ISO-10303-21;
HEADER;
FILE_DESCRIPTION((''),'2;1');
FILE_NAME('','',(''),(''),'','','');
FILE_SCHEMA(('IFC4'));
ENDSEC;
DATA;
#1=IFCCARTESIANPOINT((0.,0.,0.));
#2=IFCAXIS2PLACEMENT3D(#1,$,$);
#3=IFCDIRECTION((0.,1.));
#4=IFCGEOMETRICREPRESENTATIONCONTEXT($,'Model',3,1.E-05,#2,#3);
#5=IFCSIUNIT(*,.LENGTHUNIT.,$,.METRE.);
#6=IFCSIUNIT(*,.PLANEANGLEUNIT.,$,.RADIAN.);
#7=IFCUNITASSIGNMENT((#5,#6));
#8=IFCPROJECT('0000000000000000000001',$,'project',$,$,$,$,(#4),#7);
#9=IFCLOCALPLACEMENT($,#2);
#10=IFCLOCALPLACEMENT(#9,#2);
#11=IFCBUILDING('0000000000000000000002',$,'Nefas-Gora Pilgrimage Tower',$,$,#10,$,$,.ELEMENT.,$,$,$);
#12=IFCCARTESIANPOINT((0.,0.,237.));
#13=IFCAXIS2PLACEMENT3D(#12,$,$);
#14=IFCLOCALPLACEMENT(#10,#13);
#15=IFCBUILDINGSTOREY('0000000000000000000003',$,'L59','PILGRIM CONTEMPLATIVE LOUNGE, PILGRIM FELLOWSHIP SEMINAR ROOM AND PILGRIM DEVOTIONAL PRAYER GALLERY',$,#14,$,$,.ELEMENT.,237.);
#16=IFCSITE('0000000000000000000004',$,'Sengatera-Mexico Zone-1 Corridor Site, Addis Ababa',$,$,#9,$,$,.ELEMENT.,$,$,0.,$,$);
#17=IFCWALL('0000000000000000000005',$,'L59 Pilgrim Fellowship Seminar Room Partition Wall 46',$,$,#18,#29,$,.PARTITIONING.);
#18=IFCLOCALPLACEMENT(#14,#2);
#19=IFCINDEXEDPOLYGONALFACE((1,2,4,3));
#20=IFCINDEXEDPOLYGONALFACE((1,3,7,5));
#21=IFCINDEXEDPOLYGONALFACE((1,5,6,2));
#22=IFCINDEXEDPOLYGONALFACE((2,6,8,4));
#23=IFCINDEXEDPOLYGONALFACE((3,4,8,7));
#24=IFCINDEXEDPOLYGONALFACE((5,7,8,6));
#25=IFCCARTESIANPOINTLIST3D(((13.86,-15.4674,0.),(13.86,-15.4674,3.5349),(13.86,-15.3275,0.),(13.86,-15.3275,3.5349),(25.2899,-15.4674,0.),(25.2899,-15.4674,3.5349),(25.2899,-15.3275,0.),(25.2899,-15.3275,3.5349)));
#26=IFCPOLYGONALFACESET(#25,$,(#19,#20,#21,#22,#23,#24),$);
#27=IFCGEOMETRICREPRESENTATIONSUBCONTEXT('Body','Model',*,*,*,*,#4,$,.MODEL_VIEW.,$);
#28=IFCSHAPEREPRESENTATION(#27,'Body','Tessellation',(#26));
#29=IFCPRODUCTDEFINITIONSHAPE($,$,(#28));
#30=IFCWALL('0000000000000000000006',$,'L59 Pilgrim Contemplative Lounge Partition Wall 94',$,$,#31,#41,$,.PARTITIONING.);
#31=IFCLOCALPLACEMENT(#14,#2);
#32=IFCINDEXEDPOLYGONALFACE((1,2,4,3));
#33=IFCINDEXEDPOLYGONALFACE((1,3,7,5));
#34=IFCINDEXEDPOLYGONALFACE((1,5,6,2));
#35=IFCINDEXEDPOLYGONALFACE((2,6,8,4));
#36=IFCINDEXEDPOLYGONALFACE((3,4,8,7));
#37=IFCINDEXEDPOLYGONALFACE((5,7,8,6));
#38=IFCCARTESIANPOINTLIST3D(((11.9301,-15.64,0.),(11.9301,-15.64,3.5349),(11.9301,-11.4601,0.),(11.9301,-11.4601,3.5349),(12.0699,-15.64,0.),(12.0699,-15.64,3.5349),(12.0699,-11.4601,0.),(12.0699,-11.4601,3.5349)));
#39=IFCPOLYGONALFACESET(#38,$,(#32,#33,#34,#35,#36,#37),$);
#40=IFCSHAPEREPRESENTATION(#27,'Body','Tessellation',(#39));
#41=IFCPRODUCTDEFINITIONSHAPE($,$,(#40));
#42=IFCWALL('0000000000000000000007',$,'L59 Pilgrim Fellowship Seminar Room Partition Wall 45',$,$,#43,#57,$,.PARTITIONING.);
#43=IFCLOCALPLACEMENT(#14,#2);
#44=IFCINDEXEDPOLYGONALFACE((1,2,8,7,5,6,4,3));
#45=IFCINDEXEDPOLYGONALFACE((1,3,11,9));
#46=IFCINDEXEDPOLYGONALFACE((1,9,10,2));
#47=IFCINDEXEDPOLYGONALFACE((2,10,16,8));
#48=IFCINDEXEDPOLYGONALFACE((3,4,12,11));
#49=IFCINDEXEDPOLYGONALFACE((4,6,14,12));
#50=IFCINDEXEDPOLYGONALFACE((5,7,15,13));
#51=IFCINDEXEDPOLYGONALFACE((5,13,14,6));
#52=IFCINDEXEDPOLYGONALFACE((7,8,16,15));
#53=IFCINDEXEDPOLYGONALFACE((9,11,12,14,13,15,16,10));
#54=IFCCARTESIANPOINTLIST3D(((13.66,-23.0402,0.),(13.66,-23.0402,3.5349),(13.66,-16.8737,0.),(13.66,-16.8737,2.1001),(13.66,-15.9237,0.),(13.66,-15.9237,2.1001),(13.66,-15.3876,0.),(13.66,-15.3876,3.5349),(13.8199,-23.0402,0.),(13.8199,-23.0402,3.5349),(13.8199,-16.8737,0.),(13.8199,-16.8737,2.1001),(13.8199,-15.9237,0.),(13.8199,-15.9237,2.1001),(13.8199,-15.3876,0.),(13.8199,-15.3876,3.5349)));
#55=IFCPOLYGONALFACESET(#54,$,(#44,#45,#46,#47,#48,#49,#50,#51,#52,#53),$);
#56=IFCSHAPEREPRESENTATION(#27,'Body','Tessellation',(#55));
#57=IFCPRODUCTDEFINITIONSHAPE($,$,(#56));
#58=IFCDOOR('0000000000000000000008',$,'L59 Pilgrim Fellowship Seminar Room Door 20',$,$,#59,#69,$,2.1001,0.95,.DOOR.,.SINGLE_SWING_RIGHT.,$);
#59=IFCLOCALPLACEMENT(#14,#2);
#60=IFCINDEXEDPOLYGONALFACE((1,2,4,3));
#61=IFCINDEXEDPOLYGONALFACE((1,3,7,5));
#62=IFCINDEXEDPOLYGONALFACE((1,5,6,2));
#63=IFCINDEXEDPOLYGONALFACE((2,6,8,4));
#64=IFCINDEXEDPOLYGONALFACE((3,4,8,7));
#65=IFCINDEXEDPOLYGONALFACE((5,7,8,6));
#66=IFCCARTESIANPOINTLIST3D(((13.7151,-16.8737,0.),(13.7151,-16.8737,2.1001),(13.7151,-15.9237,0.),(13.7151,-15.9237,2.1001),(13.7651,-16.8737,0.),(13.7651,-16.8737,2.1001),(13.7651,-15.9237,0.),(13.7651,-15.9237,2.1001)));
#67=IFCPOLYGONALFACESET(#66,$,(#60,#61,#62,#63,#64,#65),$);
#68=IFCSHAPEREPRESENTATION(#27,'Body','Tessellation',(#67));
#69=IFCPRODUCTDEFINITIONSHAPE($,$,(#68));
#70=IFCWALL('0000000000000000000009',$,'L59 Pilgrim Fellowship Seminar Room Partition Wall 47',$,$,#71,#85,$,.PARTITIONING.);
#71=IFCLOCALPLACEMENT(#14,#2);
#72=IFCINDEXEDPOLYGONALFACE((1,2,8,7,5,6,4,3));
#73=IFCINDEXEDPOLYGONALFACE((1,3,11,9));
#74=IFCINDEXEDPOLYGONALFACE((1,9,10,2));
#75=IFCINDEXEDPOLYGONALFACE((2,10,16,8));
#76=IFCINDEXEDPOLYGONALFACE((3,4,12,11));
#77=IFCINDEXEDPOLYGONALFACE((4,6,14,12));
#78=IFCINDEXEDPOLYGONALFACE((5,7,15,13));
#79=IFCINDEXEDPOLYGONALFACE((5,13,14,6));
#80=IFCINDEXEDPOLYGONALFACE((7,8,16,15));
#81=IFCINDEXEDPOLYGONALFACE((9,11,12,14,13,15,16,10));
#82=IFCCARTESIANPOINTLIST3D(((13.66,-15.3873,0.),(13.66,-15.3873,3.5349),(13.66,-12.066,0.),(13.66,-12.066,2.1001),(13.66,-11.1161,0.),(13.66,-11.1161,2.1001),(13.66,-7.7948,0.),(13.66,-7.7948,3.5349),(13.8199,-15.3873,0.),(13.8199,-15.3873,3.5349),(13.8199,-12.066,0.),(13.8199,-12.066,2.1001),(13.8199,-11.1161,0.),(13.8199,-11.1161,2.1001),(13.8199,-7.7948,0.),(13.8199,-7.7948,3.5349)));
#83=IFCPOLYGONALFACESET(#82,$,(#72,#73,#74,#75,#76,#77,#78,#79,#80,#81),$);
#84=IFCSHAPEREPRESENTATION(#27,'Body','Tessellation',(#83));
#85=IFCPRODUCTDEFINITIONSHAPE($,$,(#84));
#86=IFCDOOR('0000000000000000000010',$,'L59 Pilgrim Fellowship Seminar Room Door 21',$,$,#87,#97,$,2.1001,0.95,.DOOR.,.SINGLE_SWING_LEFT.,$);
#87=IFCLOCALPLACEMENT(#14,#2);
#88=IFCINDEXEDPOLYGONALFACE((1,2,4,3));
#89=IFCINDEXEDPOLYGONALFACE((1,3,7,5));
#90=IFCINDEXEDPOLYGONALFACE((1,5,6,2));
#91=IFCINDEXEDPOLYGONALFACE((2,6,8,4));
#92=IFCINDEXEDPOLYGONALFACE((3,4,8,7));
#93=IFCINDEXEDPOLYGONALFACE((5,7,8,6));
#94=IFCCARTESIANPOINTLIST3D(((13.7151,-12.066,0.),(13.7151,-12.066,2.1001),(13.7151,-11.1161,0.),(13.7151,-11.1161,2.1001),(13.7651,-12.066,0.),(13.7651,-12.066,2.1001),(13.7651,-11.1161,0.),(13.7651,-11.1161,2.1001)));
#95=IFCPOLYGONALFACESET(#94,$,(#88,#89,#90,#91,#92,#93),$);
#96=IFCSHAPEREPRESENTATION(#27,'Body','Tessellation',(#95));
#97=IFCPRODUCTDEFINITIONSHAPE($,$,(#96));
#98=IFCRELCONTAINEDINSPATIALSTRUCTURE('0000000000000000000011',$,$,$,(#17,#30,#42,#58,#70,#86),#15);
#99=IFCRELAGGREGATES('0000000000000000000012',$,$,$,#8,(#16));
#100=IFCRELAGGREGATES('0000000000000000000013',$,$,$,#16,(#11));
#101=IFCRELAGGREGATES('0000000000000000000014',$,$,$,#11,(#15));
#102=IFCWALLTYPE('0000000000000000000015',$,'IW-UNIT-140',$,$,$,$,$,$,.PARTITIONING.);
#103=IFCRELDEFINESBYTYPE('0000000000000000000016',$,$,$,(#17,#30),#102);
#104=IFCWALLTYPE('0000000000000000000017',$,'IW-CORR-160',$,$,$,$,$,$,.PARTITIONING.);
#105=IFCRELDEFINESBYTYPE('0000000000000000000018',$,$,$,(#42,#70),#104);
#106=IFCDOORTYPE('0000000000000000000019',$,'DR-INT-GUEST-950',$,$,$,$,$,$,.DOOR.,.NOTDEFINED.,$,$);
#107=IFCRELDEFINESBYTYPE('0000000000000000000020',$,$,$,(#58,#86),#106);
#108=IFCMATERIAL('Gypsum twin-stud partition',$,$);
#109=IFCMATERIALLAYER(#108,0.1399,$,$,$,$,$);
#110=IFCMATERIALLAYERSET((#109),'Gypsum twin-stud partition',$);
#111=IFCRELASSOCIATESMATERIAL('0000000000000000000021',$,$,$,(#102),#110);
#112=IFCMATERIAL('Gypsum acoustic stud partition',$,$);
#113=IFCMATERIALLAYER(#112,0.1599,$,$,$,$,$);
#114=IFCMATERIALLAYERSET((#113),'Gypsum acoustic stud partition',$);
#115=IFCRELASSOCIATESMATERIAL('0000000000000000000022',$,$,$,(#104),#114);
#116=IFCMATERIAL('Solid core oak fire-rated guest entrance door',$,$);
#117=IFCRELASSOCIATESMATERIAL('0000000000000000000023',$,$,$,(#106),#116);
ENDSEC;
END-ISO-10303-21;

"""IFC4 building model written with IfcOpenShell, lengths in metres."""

from ifc_helpers import new_model, si_unit, direction, frame, frame_2d, origin, place, context, subcontext, project, spatial, rectangle, extrude, source, transform, mapped, material, layer, layer_set, type_object, element, fill, save


model = new_model("IFC4")

# Units and contexts
model_context = context("Model", 3, precision=1e-05, world=origin(), true_north=direction((0.0, 1.0)))
body_context = subcontext(model_context, "Body", "Model", "MODEL_VIEW")
ifc_project = project(units=[si_unit("LENGTHUNIT", "METRE"), si_unit("PLANEANGLEUNIT", "RADIAN")], contexts=[model_context])

# Site, building, storey
site_placement = place(None, origin())
site = spatial("IfcSite", under=ifc_project, at=site_placement, Name="Sengatera-Mexico Zone-1 Corridor Site, Addis Ababa", CompositionType="ELEMENT", RefElevation=0.0)
building_placement = place(site_placement, origin())
building = spatial("IfcBuilding", under=site, at=building_placement, Name="Nefas-Gora Pilgrimage Tower", CompositionType="ELEMENT")
storey_placement = place(building_placement, frame((0.0, 0.0, 237.0)))
storey = spatial("IfcBuildingStorey", under=building, at=storey_placement, Name="L59", Description="PILGRIM CONTEMPLATIVE LOUNGE, PILGRIM FELLOWSHIP SEMINAR ROOM AND PILGRIM DEVOTIONAL PRAYER GALLERY", CompositionType="ELEMENT", Elevation=237.0)

# Walls
ifc_material_1 = material(Name="Gypsum twin-stud partition")
ifc_layer_1 = layer(ifc_material_1, 0.1399)
ifc_layer_set_1 = layer_set([ifc_layer_1], Name="Gypsum twin-stud partition")
wall_type_1 = type_object("IfcWallType", Name="IW-UNIT-140", PredefinedType="PARTITIONING", material=ifc_layer_set_1)
shared_shape_1 = source(origin(), body_context, "Body", "SweptSolid", [
    extrude(rectangle(XDim=11.4299, YDim=0.1399, at=frame_2d((5.7148, 0.0))), origin(), (0.0, 0.0, 1.0), 3.5349),
])
wall_1_placement = place(storey_placement, frame((13.8601, -15.3975, 0.0), z_axis=(0.0, 0.0, 1.0), x_axis=(1.0, 0.0, 0.0)))
element("IfcWall", 1, at=wall_1_placement, inside=storey, type_object=wall_type_1, Name="L59 Pilgrim Fellowship Seminar Room Partition Wall 46", PredefinedType="PARTITIONING", context=body_context, shape_type="MappedRepresentation", body=[
    mapped(shared_shape_1, transform((0.0, 0.0, 0.0), x_axis=(1.0, 0.0, 0.0), y_axis=(0.0, 1.0, 0.0), z_axis=(0.0, 0.0, 1.0), scale=1.0)),
])
shared_shape_2 = source(origin(), body_context, "Body", "SweptSolid", [
    extrude(rectangle(XDim=4.1799, YDim=0.1399, at=frame_2d((2.0898, 0.0))), origin(), (0.0, 0.0, 1.0), 3.5349),
])
wall_2_placement = place(storey_placement, frame((12.0, -15.6399, 0.0), z_axis=(0.0, 0.0, 1.0), x_axis=(0.0, 1.0, 0.0)))
element("IfcWall", 2, at=wall_2_placement, inside=storey, type_object=wall_type_1, Name="L59 Pilgrim Contemplative Lounge Partition Wall 94", PredefinedType="PARTITIONING", context=body_context, shape_type="MappedRepresentation", body=[
    mapped(shared_shape_2, transform((0.0, 0.0, 0.0), x_axis=(1.0, 0.0, 0.0), y_axis=(0.0, 1.0, 0.0), z_axis=(0.0, 0.0, 1.0), scale=1.0)),
])

# Walls, openings, doors
ifc_material_2 = material(Name="Gypsum acoustic stud partition")
ifc_layer_2 = layer(ifc_material_2, 0.1599)
ifc_layer_set_2 = layer_set([ifc_layer_2], Name="Gypsum acoustic stud partition")
wall_type_2 = type_object("IfcWallType", Name="IW-CORR-160", PredefinedType="PARTITIONING", material=ifc_layer_set_2)
shared_shape_3 = source(origin(), body_context, "Body", "SweptSolid", [
    extrude(rectangle(XDim=7.6526, YDim=0.1599, at=frame_2d((3.8262, 0.0))), origin(), (0.0, 0.0, 1.0), 3.5349),
])
wall_3_placement = place(storey_placement, frame((13.74, -23.04, 0.0), z_axis=(0.0, 0.0, 1.0), x_axis=(0.0, 1.0, 0.0)))
wall_3 = element("IfcWall", 3, at=wall_3_placement, inside=storey, type_object=wall_type_2, Name="L59 Pilgrim Fellowship Seminar Room Partition Wall 45", PredefinedType="PARTITIONING", context=body_context, shape_type="MappedRepresentation", body=[
    mapped(shared_shape_3, transform((0.0, 0.0, 0.0), x_axis=(1.0, 0.0, 0.0), y_axis=(0.0, 1.0, 0.0), z_axis=(0.0, 0.0, 1.0), scale=1.0)),
])
opening_1_placement = place(wall_3_placement, frame((6.1663, 0.0, 0.0)))
opening_1 = element("IfcOpeningElement", 4, at=opening_1_placement, cuts=wall_3, PredefinedType="OPENING", context=body_context, shape_type="SweptSolid", body=[
    extrude(rectangle(XDim=0.95, YDim=2.1001, at=frame_2d((0.4751, 1.05))), frame((0.0, 0.0898, 0.0), z_axis=(0.0, -1.0, 0.0), x_axis=(1.0, 0.0, 0.0)), (0.0, 0.0, 1.0), 0.1799),
])
ifc_material_3 = material(Name="Solid core oak fire-rated guest entrance door")
door_type = type_object("IfcDoorType", Name="DR-INT-GUEST-950", OperationType="NOTDEFINED", PredefinedType="DOOR", material=ifc_material_3)
shared_shape_4 = source(origin(), body_context, "Body", "SweptSolid", [
    extrude(rectangle(XDim=0.95, YDim=2.1001, at=frame_2d((0.4751, 1.05))), frame((0.0, 0.0249, 0.0), z_axis=(0.0, -1.0, 0.0), x_axis=(1.0, 0.0, 0.0)), (0.0, 0.0, 1.0), 0.05),
])
door_1_placement = place(opening_1_placement, origin())
door_1 = element("IfcDoor", 5, at=door_1_placement, inside=storey, type_object=door_type, Name="L59 Pilgrim Fellowship Seminar Room Door 20", OperationType="SINGLE_SWING_RIGHT", OverallHeight=2.1001, OverallWidth=0.95, PredefinedType="DOOR", context=body_context, shape_type="MappedRepresentation", body=[
    mapped(shared_shape_4, transform((0.0, 0.0, 0.0), x_axis=(1.0, 0.0, 0.0), y_axis=(0.0, 1.0, 0.0), z_axis=(0.0, 0.0, 1.0), scale=1.0)),
])
fill(opening_1, door_1)
shared_shape_5 = source(origin(), body_context, "Body", "SweptSolid", [
    extrude(rectangle(XDim=7.5925, YDim=0.1599, at=frame_2d((3.7964, 0.0))), origin(), (0.0, 0.0, 1.0), 3.5349),
])
wall_4_placement = place(storey_placement, frame((13.74, -15.3875, 0.0), z_axis=(0.0, 0.0, 1.0), x_axis=(0.0, 1.0, 0.0)))
wall_4 = element("IfcWall", 6, at=wall_4_placement, inside=storey, type_object=wall_type_2, Name="L59 Pilgrim Fellowship Seminar Room Partition Wall 47", PredefinedType="PARTITIONING", context=body_context, shape_type="MappedRepresentation", body=[
    mapped(shared_shape_5, transform((0.0, 0.0, 0.0), x_axis=(1.0, 0.0, 0.0), y_axis=(0.0, 1.0, 0.0), z_axis=(0.0, 0.0, 1.0), scale=1.0)),
])
opening_2_placement = place(wall_4_placement, frame((3.3213, 0.0, 0.0)))
opening_2 = element("IfcOpeningElement", 7, at=opening_2_placement, cuts=wall_4, PredefinedType="OPENING", context=body_context, shape_type="SweptSolid", body=[
    extrude(rectangle(XDim=0.95, YDim=2.1001, at=frame_2d((0.4751, 1.05))), frame((0.0, 0.0898, 0.0), z_axis=(0.0, -1.0, 0.0), x_axis=(1.0, 0.0, 0.0)), (0.0, 0.0, 1.0), 0.1799),
])
door_2_placement = place(opening_2_placement, origin())
door_2 = element("IfcDoor", 8, at=door_2_placement, inside=storey, type_object=door_type, Name="L59 Pilgrim Fellowship Seminar Room Door 21", OperationType="SINGLE_SWING_LEFT", OverallHeight=2.1001, OverallWidth=0.95, PredefinedType="DOOR", context=body_context, shape_type="MappedRepresentation", body=[
    mapped(shared_shape_4, transform((0.0, 0.0, 0.0), x_axis=(1.0, 0.0, 0.0), y_axis=(0.0, 1.0, 0.0), z_axis=(0.0, 0.0, 1.0), scale=1.0)),
])
fill(opening_2, door_2)

save(model, "model.ifc")
